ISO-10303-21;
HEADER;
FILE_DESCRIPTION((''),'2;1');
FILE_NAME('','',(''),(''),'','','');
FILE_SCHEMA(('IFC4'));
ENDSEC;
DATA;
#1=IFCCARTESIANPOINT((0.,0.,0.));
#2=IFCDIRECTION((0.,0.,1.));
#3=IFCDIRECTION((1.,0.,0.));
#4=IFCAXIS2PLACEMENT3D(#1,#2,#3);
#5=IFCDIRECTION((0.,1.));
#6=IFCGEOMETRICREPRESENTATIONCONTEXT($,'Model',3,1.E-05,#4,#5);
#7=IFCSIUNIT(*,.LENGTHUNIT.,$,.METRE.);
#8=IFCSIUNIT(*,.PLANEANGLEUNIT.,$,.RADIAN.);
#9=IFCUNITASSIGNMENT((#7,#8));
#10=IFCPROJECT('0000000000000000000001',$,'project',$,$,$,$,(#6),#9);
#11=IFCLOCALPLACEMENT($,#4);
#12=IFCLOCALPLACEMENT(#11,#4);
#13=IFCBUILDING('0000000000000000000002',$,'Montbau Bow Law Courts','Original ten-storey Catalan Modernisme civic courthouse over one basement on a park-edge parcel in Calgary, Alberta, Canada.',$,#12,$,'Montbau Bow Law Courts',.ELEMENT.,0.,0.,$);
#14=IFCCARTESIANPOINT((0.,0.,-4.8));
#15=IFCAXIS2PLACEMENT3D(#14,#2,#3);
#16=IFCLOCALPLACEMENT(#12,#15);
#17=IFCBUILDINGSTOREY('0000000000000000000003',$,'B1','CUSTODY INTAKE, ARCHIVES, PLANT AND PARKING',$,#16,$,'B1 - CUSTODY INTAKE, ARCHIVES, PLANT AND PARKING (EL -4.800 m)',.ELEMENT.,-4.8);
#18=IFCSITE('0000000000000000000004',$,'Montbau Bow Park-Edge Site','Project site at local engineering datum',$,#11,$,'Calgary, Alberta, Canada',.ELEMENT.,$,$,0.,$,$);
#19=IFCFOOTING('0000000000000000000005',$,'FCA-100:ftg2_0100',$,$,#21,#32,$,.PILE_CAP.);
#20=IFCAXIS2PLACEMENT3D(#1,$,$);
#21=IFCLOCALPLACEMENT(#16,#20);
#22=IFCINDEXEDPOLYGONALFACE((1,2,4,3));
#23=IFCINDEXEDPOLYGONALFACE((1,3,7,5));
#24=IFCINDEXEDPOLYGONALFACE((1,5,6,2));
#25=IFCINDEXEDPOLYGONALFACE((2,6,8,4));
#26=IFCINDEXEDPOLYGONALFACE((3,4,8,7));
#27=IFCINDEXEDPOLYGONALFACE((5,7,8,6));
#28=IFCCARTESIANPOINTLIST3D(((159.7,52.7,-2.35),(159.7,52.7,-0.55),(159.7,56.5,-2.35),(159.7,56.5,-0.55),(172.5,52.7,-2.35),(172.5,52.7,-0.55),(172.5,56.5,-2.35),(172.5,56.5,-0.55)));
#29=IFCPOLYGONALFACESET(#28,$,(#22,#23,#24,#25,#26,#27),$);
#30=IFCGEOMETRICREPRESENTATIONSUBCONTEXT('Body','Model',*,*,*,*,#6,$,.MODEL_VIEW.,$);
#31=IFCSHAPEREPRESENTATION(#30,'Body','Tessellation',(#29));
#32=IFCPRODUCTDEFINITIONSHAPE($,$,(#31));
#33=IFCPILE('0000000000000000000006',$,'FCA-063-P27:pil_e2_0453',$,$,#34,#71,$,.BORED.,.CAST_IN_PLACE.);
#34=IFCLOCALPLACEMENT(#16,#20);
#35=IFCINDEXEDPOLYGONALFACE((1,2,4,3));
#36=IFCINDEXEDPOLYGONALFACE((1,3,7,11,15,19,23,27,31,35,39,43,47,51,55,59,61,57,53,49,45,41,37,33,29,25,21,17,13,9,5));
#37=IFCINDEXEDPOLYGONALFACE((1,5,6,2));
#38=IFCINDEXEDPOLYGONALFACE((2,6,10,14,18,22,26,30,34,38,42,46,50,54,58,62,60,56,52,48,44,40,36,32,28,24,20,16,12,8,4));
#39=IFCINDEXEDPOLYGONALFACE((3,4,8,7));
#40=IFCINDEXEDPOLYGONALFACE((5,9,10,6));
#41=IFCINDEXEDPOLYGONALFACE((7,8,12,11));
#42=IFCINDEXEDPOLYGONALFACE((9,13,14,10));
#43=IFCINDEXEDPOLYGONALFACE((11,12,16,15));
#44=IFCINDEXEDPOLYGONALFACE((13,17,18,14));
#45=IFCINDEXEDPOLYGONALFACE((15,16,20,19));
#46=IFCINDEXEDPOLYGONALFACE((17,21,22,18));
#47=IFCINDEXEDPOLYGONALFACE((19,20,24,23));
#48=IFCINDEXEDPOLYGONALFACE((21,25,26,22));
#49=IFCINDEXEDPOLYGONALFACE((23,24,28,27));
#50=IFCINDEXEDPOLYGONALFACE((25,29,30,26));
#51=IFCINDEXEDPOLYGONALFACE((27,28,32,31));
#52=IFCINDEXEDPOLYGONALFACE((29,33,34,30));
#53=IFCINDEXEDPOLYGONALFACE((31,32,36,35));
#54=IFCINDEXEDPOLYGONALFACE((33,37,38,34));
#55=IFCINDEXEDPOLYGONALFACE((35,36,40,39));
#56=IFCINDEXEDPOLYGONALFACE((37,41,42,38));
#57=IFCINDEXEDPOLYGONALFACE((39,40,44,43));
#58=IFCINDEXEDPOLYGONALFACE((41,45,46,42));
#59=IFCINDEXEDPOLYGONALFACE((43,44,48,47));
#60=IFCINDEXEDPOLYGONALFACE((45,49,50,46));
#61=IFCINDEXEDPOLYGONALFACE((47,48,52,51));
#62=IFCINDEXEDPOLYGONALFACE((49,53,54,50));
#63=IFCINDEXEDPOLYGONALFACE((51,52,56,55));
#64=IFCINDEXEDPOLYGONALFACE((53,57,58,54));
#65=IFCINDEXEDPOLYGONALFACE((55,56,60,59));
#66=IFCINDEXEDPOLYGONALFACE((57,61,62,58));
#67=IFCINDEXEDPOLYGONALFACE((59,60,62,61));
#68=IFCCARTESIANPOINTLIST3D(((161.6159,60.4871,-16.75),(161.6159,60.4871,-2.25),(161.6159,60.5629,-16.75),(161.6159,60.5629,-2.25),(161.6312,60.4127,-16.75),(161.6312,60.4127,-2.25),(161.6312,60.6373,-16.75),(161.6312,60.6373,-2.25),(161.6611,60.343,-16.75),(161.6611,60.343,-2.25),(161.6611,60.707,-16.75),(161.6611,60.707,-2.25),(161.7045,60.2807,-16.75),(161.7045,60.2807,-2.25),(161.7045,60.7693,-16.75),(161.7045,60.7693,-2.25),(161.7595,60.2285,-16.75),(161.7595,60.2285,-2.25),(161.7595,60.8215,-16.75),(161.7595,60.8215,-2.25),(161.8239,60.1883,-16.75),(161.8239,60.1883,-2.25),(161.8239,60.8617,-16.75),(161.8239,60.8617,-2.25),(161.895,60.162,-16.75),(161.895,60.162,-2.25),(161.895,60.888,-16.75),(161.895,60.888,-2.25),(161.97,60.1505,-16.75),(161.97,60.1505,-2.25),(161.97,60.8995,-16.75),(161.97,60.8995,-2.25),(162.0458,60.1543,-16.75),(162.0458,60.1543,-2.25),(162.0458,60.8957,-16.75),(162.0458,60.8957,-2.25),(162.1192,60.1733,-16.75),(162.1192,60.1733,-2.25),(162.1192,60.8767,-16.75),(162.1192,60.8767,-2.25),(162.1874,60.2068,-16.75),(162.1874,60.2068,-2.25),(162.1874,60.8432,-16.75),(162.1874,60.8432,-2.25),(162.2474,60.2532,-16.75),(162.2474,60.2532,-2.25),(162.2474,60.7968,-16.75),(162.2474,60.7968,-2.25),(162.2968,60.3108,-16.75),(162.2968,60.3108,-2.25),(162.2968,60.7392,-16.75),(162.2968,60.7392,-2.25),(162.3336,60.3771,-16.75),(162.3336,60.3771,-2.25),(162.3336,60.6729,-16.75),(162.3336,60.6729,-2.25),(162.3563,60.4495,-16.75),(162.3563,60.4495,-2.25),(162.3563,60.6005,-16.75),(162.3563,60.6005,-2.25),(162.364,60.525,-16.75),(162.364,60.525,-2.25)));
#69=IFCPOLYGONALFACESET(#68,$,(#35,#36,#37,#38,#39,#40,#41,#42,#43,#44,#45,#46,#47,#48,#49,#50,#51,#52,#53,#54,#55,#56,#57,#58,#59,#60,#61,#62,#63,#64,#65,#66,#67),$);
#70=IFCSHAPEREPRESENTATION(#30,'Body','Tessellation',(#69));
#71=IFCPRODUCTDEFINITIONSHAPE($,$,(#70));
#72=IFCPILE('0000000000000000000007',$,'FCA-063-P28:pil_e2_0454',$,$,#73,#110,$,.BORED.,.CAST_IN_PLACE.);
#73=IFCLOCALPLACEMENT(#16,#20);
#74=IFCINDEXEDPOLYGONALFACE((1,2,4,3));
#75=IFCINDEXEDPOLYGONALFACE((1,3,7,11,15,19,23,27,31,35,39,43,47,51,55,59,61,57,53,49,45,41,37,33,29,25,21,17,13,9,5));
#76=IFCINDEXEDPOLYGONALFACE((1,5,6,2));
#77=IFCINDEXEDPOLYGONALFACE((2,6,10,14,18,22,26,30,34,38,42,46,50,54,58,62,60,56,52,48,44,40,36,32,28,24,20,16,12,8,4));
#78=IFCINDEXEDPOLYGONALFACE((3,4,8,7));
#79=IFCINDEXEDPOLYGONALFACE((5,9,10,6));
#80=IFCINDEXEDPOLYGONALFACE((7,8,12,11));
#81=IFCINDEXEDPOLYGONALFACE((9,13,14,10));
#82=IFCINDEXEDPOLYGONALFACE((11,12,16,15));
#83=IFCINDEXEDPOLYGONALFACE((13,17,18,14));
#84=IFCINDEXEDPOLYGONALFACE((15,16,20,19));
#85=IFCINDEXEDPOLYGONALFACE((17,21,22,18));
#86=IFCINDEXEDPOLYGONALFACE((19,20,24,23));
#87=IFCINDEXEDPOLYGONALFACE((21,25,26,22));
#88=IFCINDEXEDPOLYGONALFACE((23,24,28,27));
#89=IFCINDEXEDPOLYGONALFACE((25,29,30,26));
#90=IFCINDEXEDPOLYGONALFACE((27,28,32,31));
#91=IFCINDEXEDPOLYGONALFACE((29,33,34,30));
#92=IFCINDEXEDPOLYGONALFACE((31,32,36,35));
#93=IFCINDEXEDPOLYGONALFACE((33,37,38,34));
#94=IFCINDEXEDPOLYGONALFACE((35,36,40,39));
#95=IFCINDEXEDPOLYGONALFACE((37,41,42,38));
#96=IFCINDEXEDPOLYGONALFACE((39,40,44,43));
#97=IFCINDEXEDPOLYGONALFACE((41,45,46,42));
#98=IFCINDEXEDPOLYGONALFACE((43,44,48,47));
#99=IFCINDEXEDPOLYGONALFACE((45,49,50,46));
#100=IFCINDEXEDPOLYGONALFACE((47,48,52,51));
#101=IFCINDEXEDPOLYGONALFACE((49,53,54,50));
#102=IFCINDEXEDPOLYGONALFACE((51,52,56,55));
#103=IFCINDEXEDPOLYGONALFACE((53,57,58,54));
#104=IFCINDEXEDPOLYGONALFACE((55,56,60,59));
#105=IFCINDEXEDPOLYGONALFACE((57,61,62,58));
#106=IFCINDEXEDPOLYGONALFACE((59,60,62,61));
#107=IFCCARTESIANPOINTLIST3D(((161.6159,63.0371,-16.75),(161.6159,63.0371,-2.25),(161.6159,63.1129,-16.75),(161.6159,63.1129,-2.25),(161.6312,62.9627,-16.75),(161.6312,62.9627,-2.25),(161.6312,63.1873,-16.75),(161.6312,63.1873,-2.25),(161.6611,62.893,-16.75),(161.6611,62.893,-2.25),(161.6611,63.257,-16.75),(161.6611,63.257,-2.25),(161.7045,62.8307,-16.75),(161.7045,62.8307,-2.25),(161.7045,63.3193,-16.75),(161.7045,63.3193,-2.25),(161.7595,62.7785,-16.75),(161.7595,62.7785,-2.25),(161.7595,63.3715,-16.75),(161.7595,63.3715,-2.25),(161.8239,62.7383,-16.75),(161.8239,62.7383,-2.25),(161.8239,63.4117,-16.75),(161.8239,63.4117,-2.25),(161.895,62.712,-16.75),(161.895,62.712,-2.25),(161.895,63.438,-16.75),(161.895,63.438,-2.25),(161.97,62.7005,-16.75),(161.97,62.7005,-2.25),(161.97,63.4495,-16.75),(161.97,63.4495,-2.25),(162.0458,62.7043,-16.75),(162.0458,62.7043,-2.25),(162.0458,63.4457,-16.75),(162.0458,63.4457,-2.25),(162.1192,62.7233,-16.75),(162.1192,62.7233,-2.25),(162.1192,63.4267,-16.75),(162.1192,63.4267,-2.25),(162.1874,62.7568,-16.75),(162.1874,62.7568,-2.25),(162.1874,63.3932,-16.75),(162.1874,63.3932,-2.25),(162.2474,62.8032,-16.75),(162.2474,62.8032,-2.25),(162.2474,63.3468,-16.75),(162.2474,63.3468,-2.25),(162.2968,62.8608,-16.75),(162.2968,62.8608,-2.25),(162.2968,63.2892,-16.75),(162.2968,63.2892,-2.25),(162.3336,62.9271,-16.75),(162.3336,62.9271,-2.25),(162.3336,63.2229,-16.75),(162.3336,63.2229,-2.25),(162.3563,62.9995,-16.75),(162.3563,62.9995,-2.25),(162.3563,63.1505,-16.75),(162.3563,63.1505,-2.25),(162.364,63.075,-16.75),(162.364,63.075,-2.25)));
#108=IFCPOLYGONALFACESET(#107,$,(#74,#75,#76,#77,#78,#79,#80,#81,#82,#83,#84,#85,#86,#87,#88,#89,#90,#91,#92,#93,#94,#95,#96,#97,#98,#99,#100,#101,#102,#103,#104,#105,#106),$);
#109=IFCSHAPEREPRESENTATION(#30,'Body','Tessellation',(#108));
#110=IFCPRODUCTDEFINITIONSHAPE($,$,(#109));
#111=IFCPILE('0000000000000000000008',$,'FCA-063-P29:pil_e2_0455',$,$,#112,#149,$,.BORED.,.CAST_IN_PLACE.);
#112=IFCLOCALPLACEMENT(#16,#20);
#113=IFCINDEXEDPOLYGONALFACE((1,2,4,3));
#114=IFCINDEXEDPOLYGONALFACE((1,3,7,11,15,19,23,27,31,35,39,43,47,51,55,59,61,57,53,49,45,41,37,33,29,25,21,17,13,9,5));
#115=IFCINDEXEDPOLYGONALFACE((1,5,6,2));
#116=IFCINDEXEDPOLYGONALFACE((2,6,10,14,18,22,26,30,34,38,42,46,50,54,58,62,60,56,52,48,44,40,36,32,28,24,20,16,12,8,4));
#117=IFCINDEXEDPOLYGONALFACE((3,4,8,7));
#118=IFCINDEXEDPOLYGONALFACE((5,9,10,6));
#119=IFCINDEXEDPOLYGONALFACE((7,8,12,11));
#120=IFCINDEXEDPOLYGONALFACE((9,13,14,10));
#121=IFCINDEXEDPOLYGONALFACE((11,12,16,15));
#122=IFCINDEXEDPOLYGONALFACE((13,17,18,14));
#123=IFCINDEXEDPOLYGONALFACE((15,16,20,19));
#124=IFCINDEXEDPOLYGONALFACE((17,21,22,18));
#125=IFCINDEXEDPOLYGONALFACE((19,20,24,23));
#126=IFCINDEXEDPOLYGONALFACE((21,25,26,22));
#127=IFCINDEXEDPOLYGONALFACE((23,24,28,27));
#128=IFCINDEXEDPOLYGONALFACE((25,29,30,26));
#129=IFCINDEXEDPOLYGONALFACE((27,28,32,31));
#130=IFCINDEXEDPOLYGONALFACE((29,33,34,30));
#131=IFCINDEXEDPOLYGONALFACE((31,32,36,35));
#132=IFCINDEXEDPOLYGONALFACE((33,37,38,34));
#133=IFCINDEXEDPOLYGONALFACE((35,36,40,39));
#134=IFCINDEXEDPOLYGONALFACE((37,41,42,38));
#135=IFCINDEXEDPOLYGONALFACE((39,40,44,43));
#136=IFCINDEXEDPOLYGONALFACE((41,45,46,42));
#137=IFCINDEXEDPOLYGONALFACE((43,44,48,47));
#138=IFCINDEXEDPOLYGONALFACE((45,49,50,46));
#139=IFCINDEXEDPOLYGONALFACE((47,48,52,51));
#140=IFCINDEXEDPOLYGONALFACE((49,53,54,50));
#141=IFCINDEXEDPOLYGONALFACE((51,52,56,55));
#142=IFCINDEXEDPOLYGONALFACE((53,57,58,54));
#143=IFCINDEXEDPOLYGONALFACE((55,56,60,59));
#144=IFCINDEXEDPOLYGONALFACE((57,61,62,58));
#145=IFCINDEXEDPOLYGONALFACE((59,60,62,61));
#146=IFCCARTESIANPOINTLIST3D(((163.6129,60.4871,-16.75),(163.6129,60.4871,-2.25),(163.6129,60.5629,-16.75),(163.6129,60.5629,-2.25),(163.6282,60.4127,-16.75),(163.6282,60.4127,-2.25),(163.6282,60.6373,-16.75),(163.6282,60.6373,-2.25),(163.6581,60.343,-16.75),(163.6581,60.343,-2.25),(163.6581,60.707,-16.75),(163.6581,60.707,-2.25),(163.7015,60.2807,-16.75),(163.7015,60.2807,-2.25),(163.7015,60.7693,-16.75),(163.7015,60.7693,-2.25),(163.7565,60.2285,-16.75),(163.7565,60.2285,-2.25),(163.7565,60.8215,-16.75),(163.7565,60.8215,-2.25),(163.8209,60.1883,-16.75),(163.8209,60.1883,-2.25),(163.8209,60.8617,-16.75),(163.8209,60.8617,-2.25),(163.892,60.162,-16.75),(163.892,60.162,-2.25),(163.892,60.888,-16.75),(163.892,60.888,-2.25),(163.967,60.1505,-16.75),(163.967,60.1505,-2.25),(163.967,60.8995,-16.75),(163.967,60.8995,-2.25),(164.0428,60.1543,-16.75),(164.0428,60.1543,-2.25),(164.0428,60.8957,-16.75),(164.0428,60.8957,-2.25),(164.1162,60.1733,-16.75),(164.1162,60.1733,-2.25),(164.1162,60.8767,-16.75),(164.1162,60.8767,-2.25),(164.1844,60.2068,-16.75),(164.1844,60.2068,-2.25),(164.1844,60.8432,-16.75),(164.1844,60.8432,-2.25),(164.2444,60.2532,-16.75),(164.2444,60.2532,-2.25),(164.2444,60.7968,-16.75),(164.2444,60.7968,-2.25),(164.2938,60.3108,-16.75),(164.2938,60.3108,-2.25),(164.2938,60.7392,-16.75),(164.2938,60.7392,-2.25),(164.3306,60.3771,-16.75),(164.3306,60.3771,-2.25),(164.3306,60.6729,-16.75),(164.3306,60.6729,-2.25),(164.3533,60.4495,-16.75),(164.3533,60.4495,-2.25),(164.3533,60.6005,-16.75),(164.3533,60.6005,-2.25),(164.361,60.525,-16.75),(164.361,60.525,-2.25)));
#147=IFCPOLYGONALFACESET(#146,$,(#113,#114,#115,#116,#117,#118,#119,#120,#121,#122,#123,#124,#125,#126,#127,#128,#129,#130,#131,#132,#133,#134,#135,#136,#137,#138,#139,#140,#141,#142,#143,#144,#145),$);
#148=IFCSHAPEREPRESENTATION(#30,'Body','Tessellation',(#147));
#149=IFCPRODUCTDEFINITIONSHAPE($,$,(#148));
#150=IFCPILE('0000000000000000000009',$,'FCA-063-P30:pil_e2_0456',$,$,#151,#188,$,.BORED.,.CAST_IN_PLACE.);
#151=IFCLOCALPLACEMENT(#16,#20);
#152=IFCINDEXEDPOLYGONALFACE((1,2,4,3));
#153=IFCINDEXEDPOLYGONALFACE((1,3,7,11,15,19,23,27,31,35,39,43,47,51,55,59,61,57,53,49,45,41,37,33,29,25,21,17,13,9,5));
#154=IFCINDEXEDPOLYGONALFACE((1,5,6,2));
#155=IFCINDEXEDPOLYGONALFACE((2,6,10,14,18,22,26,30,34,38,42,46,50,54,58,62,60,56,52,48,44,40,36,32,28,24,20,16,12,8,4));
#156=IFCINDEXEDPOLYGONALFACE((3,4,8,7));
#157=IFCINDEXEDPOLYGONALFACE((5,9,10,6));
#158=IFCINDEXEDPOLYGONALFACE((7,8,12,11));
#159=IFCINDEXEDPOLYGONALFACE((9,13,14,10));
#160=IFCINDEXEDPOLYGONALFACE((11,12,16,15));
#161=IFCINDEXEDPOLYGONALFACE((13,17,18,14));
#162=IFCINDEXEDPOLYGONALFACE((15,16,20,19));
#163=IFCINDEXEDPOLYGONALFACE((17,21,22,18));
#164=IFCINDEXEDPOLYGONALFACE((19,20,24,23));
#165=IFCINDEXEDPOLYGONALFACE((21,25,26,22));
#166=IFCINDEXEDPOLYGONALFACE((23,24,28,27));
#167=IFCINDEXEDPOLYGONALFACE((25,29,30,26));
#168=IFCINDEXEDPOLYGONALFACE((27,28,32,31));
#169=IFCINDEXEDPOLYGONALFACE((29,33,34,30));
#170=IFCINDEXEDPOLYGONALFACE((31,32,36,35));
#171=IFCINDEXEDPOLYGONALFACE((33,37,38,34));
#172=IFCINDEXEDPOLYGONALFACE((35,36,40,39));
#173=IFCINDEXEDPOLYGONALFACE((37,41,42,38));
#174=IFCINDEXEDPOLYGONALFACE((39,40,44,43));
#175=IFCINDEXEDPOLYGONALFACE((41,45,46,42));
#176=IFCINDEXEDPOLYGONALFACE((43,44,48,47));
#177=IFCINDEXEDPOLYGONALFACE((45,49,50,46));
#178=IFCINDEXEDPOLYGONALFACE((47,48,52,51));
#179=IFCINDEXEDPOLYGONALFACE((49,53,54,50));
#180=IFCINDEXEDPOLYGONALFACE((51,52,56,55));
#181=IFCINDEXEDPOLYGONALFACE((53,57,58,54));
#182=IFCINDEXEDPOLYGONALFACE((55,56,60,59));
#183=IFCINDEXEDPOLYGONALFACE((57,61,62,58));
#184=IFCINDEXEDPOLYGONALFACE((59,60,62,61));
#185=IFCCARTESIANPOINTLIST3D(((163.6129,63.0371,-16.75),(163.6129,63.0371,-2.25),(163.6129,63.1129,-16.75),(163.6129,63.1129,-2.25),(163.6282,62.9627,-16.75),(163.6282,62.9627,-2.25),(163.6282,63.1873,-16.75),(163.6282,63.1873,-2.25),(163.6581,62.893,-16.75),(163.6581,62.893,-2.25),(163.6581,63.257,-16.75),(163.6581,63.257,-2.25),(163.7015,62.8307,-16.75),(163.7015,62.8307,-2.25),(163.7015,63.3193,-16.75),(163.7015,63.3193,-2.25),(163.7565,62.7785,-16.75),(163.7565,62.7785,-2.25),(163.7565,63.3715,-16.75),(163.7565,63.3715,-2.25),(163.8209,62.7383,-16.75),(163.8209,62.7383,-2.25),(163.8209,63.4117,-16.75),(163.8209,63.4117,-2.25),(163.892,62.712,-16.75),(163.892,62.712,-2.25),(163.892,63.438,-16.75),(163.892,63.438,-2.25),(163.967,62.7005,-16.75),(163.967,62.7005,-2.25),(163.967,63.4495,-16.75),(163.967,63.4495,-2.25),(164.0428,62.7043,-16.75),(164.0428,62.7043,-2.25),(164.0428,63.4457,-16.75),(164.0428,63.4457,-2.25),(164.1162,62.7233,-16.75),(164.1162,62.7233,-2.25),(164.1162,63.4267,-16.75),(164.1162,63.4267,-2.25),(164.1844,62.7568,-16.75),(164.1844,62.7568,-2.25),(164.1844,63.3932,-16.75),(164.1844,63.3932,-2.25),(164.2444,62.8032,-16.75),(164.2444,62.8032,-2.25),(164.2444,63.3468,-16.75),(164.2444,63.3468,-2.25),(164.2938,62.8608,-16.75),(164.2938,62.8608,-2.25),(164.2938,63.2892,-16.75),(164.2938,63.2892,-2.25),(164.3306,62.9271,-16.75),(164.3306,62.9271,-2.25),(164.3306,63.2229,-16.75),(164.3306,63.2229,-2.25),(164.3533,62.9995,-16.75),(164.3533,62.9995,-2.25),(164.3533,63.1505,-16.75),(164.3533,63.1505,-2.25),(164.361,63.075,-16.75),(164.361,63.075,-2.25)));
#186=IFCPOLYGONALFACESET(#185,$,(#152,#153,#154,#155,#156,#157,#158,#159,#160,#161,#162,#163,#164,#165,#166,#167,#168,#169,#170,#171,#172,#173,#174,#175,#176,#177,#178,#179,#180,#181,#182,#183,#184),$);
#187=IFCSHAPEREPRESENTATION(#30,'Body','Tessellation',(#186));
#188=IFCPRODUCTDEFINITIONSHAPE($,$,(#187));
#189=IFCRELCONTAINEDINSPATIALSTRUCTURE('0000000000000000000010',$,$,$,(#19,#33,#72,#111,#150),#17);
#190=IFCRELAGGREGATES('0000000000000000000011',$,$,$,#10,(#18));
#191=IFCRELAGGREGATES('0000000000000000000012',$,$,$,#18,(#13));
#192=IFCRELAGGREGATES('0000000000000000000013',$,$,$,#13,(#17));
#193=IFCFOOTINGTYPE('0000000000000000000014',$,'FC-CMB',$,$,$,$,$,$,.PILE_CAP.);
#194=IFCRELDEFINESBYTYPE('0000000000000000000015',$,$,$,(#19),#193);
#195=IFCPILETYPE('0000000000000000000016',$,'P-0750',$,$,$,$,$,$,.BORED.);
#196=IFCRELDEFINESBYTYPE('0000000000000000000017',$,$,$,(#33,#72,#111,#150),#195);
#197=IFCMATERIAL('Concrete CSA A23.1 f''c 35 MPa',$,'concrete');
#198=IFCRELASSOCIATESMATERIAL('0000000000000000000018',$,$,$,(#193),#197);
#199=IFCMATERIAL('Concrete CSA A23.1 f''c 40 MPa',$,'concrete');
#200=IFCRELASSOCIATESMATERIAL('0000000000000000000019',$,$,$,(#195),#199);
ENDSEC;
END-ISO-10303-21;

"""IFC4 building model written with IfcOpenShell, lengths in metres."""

from ifc_helpers import new_model, si_unit, direction, frame, origin_with_axes, origin_2d_with_axis, place, context, subcontext, project, spatial, rectangle, circle, extrude, material, material_profile, profile_set, type_object, element, save


model = new_model("IFC4")

# Units and contexts
model_context = context("Model", 3, precision=1e-05, world=origin_with_axes(), true_north=direction((0.0, 1.0)))
body_context = subcontext(model_context, "Body", "Model", "MODEL_VIEW")
ifc_project = project(units=[si_unit("LENGTHUNIT", "METRE"), si_unit("PLANEANGLEUNIT", "RADIAN")], contexts=[model_context])

# Site, building, storey
site_placement = place(None, origin_with_axes())
site = spatial("IfcSite", under=ifc_project, at=site_placement, Name="Montbau Bow Park-Edge Site", Description="Project site at local engineering datum", LongName="Calgary, Alberta, Canada", CompositionType="ELEMENT", RefElevation=0.0)
building_placement = place(site_placement, origin_with_axes())
building = spatial("IfcBuilding", under=site, at=building_placement, Name="Montbau Bow Law Courts", Description="Original ten-storey Catalan Modernisme civic courthouse over one basement on a park-edge parcel in Calgary, Alberta, Canada.", LongName="Montbau Bow Law Courts", CompositionType="ELEMENT", ElevationOfRefHeight=0.0, ElevationOfTerrain=0.0)
storey_placement = place(building_placement, frame((0.0, 0.0, -4.8), z_axis=(0.0, 0.0, 1.0), x_axis=(1.0, 0.0, 0.0)))
storey = spatial("IfcBuildingStorey", under=building, at=storey_placement, Name="B1", Description="CUSTODY INTAKE, ARCHIVES, PLANT AND PARKING", LongName="B1 - CUSTODY INTAKE, ARCHIVES, PLANT AND PARKING (EL -4.800 m)", CompositionType="ELEMENT", Elevation=-4.8)

# Footing
ifc_material_1 = material(Name="Concrete CSA A23.1 f'c 35 MPa", Category="concrete")
footing_type_1 = type_object("IfcFootingType", Name="FC-CMB", PredefinedType="PILE_CAP", material=ifc_material_1)
footing_1_placement = place(None, frame((166.1, 54.6, -7.15), z_axis=(0.0, 0.0, 1.0), x_axis=(1.0, 0.0, 0.0)))
element("IfcFooting", 1, at=footing_1_placement, inside=storey, type_object=footing_type_1, Name="FCA-100:ftg2_0100", PredefinedType="PILE_CAP", context=body_context, shape_type="SweptSolid", body=[
    extrude(rectangle(XDim=12.8, YDim=3.8, at=origin_2d_with_axis()), origin_with_axes(), (0.0, 0.0, 1.0), 1.8),
])

# Piles
ifc_material_2 = material(Name="Concrete CSA A23.1 f'c 40 MPa", Category="concrete")
ifc_material_profile_1 = material_profile(ifc_material_2, circle(Radius=0.375, at=origin_2d_with_axis()), Name="BP750", Category="Main", Priority=0)
ifc_profile_set_1 = profile_set([ifc_material_profile_1], Name="Concrete CSA A23.1 f'c 40 MPa")
pile_type_1 = type_object("IfcPileType", Name="P-0750", PredefinedType="BORED", material=ifc_profile_set_1)
for number, where, z_axis, x_axis, name in (
    (2, (161.989, 60.525, -21.55), (0.0, 0.0, 1.0), (1.0, 0.0, 0.0), "FCA-063-P27:pil_e2_0453"),
    (3, (161.989, 63.075, -21.55), (0.0, 0.0, 1.0), (1.0, 0.0, 0.0), "FCA-063-P28:pil_e2_0454"),
    (4, (163.986, 60.525, -21.55), (0.0, 0.0, 1.0), (1.0, 0.0, 0.0), "FCA-063-P29:pil_e2_0455"),
    (5, (163.986, 63.075, -21.55), (0.0, 0.0, 1.0), (1.0, 0.0, 0.0), "FCA-063-P30:pil_e2_0456"),
):
    element("IfcPile", number, at=place(None, frame(where, z_axis=z_axis, x_axis=x_axis)), inside=storey, type_object=pile_type_1, Name=name, ConstructionType="CAST_IN_PLACE", PredefinedType="BORED", context=body_context, shape_type="SweptSolid", body=[
        extrude(circle(Radius=0.375, at=origin_2d_with_axis()), origin_with_axes(), (0.0, 0.0, 1.0), 14.5),
    ])

save(model, "model.ifc")
